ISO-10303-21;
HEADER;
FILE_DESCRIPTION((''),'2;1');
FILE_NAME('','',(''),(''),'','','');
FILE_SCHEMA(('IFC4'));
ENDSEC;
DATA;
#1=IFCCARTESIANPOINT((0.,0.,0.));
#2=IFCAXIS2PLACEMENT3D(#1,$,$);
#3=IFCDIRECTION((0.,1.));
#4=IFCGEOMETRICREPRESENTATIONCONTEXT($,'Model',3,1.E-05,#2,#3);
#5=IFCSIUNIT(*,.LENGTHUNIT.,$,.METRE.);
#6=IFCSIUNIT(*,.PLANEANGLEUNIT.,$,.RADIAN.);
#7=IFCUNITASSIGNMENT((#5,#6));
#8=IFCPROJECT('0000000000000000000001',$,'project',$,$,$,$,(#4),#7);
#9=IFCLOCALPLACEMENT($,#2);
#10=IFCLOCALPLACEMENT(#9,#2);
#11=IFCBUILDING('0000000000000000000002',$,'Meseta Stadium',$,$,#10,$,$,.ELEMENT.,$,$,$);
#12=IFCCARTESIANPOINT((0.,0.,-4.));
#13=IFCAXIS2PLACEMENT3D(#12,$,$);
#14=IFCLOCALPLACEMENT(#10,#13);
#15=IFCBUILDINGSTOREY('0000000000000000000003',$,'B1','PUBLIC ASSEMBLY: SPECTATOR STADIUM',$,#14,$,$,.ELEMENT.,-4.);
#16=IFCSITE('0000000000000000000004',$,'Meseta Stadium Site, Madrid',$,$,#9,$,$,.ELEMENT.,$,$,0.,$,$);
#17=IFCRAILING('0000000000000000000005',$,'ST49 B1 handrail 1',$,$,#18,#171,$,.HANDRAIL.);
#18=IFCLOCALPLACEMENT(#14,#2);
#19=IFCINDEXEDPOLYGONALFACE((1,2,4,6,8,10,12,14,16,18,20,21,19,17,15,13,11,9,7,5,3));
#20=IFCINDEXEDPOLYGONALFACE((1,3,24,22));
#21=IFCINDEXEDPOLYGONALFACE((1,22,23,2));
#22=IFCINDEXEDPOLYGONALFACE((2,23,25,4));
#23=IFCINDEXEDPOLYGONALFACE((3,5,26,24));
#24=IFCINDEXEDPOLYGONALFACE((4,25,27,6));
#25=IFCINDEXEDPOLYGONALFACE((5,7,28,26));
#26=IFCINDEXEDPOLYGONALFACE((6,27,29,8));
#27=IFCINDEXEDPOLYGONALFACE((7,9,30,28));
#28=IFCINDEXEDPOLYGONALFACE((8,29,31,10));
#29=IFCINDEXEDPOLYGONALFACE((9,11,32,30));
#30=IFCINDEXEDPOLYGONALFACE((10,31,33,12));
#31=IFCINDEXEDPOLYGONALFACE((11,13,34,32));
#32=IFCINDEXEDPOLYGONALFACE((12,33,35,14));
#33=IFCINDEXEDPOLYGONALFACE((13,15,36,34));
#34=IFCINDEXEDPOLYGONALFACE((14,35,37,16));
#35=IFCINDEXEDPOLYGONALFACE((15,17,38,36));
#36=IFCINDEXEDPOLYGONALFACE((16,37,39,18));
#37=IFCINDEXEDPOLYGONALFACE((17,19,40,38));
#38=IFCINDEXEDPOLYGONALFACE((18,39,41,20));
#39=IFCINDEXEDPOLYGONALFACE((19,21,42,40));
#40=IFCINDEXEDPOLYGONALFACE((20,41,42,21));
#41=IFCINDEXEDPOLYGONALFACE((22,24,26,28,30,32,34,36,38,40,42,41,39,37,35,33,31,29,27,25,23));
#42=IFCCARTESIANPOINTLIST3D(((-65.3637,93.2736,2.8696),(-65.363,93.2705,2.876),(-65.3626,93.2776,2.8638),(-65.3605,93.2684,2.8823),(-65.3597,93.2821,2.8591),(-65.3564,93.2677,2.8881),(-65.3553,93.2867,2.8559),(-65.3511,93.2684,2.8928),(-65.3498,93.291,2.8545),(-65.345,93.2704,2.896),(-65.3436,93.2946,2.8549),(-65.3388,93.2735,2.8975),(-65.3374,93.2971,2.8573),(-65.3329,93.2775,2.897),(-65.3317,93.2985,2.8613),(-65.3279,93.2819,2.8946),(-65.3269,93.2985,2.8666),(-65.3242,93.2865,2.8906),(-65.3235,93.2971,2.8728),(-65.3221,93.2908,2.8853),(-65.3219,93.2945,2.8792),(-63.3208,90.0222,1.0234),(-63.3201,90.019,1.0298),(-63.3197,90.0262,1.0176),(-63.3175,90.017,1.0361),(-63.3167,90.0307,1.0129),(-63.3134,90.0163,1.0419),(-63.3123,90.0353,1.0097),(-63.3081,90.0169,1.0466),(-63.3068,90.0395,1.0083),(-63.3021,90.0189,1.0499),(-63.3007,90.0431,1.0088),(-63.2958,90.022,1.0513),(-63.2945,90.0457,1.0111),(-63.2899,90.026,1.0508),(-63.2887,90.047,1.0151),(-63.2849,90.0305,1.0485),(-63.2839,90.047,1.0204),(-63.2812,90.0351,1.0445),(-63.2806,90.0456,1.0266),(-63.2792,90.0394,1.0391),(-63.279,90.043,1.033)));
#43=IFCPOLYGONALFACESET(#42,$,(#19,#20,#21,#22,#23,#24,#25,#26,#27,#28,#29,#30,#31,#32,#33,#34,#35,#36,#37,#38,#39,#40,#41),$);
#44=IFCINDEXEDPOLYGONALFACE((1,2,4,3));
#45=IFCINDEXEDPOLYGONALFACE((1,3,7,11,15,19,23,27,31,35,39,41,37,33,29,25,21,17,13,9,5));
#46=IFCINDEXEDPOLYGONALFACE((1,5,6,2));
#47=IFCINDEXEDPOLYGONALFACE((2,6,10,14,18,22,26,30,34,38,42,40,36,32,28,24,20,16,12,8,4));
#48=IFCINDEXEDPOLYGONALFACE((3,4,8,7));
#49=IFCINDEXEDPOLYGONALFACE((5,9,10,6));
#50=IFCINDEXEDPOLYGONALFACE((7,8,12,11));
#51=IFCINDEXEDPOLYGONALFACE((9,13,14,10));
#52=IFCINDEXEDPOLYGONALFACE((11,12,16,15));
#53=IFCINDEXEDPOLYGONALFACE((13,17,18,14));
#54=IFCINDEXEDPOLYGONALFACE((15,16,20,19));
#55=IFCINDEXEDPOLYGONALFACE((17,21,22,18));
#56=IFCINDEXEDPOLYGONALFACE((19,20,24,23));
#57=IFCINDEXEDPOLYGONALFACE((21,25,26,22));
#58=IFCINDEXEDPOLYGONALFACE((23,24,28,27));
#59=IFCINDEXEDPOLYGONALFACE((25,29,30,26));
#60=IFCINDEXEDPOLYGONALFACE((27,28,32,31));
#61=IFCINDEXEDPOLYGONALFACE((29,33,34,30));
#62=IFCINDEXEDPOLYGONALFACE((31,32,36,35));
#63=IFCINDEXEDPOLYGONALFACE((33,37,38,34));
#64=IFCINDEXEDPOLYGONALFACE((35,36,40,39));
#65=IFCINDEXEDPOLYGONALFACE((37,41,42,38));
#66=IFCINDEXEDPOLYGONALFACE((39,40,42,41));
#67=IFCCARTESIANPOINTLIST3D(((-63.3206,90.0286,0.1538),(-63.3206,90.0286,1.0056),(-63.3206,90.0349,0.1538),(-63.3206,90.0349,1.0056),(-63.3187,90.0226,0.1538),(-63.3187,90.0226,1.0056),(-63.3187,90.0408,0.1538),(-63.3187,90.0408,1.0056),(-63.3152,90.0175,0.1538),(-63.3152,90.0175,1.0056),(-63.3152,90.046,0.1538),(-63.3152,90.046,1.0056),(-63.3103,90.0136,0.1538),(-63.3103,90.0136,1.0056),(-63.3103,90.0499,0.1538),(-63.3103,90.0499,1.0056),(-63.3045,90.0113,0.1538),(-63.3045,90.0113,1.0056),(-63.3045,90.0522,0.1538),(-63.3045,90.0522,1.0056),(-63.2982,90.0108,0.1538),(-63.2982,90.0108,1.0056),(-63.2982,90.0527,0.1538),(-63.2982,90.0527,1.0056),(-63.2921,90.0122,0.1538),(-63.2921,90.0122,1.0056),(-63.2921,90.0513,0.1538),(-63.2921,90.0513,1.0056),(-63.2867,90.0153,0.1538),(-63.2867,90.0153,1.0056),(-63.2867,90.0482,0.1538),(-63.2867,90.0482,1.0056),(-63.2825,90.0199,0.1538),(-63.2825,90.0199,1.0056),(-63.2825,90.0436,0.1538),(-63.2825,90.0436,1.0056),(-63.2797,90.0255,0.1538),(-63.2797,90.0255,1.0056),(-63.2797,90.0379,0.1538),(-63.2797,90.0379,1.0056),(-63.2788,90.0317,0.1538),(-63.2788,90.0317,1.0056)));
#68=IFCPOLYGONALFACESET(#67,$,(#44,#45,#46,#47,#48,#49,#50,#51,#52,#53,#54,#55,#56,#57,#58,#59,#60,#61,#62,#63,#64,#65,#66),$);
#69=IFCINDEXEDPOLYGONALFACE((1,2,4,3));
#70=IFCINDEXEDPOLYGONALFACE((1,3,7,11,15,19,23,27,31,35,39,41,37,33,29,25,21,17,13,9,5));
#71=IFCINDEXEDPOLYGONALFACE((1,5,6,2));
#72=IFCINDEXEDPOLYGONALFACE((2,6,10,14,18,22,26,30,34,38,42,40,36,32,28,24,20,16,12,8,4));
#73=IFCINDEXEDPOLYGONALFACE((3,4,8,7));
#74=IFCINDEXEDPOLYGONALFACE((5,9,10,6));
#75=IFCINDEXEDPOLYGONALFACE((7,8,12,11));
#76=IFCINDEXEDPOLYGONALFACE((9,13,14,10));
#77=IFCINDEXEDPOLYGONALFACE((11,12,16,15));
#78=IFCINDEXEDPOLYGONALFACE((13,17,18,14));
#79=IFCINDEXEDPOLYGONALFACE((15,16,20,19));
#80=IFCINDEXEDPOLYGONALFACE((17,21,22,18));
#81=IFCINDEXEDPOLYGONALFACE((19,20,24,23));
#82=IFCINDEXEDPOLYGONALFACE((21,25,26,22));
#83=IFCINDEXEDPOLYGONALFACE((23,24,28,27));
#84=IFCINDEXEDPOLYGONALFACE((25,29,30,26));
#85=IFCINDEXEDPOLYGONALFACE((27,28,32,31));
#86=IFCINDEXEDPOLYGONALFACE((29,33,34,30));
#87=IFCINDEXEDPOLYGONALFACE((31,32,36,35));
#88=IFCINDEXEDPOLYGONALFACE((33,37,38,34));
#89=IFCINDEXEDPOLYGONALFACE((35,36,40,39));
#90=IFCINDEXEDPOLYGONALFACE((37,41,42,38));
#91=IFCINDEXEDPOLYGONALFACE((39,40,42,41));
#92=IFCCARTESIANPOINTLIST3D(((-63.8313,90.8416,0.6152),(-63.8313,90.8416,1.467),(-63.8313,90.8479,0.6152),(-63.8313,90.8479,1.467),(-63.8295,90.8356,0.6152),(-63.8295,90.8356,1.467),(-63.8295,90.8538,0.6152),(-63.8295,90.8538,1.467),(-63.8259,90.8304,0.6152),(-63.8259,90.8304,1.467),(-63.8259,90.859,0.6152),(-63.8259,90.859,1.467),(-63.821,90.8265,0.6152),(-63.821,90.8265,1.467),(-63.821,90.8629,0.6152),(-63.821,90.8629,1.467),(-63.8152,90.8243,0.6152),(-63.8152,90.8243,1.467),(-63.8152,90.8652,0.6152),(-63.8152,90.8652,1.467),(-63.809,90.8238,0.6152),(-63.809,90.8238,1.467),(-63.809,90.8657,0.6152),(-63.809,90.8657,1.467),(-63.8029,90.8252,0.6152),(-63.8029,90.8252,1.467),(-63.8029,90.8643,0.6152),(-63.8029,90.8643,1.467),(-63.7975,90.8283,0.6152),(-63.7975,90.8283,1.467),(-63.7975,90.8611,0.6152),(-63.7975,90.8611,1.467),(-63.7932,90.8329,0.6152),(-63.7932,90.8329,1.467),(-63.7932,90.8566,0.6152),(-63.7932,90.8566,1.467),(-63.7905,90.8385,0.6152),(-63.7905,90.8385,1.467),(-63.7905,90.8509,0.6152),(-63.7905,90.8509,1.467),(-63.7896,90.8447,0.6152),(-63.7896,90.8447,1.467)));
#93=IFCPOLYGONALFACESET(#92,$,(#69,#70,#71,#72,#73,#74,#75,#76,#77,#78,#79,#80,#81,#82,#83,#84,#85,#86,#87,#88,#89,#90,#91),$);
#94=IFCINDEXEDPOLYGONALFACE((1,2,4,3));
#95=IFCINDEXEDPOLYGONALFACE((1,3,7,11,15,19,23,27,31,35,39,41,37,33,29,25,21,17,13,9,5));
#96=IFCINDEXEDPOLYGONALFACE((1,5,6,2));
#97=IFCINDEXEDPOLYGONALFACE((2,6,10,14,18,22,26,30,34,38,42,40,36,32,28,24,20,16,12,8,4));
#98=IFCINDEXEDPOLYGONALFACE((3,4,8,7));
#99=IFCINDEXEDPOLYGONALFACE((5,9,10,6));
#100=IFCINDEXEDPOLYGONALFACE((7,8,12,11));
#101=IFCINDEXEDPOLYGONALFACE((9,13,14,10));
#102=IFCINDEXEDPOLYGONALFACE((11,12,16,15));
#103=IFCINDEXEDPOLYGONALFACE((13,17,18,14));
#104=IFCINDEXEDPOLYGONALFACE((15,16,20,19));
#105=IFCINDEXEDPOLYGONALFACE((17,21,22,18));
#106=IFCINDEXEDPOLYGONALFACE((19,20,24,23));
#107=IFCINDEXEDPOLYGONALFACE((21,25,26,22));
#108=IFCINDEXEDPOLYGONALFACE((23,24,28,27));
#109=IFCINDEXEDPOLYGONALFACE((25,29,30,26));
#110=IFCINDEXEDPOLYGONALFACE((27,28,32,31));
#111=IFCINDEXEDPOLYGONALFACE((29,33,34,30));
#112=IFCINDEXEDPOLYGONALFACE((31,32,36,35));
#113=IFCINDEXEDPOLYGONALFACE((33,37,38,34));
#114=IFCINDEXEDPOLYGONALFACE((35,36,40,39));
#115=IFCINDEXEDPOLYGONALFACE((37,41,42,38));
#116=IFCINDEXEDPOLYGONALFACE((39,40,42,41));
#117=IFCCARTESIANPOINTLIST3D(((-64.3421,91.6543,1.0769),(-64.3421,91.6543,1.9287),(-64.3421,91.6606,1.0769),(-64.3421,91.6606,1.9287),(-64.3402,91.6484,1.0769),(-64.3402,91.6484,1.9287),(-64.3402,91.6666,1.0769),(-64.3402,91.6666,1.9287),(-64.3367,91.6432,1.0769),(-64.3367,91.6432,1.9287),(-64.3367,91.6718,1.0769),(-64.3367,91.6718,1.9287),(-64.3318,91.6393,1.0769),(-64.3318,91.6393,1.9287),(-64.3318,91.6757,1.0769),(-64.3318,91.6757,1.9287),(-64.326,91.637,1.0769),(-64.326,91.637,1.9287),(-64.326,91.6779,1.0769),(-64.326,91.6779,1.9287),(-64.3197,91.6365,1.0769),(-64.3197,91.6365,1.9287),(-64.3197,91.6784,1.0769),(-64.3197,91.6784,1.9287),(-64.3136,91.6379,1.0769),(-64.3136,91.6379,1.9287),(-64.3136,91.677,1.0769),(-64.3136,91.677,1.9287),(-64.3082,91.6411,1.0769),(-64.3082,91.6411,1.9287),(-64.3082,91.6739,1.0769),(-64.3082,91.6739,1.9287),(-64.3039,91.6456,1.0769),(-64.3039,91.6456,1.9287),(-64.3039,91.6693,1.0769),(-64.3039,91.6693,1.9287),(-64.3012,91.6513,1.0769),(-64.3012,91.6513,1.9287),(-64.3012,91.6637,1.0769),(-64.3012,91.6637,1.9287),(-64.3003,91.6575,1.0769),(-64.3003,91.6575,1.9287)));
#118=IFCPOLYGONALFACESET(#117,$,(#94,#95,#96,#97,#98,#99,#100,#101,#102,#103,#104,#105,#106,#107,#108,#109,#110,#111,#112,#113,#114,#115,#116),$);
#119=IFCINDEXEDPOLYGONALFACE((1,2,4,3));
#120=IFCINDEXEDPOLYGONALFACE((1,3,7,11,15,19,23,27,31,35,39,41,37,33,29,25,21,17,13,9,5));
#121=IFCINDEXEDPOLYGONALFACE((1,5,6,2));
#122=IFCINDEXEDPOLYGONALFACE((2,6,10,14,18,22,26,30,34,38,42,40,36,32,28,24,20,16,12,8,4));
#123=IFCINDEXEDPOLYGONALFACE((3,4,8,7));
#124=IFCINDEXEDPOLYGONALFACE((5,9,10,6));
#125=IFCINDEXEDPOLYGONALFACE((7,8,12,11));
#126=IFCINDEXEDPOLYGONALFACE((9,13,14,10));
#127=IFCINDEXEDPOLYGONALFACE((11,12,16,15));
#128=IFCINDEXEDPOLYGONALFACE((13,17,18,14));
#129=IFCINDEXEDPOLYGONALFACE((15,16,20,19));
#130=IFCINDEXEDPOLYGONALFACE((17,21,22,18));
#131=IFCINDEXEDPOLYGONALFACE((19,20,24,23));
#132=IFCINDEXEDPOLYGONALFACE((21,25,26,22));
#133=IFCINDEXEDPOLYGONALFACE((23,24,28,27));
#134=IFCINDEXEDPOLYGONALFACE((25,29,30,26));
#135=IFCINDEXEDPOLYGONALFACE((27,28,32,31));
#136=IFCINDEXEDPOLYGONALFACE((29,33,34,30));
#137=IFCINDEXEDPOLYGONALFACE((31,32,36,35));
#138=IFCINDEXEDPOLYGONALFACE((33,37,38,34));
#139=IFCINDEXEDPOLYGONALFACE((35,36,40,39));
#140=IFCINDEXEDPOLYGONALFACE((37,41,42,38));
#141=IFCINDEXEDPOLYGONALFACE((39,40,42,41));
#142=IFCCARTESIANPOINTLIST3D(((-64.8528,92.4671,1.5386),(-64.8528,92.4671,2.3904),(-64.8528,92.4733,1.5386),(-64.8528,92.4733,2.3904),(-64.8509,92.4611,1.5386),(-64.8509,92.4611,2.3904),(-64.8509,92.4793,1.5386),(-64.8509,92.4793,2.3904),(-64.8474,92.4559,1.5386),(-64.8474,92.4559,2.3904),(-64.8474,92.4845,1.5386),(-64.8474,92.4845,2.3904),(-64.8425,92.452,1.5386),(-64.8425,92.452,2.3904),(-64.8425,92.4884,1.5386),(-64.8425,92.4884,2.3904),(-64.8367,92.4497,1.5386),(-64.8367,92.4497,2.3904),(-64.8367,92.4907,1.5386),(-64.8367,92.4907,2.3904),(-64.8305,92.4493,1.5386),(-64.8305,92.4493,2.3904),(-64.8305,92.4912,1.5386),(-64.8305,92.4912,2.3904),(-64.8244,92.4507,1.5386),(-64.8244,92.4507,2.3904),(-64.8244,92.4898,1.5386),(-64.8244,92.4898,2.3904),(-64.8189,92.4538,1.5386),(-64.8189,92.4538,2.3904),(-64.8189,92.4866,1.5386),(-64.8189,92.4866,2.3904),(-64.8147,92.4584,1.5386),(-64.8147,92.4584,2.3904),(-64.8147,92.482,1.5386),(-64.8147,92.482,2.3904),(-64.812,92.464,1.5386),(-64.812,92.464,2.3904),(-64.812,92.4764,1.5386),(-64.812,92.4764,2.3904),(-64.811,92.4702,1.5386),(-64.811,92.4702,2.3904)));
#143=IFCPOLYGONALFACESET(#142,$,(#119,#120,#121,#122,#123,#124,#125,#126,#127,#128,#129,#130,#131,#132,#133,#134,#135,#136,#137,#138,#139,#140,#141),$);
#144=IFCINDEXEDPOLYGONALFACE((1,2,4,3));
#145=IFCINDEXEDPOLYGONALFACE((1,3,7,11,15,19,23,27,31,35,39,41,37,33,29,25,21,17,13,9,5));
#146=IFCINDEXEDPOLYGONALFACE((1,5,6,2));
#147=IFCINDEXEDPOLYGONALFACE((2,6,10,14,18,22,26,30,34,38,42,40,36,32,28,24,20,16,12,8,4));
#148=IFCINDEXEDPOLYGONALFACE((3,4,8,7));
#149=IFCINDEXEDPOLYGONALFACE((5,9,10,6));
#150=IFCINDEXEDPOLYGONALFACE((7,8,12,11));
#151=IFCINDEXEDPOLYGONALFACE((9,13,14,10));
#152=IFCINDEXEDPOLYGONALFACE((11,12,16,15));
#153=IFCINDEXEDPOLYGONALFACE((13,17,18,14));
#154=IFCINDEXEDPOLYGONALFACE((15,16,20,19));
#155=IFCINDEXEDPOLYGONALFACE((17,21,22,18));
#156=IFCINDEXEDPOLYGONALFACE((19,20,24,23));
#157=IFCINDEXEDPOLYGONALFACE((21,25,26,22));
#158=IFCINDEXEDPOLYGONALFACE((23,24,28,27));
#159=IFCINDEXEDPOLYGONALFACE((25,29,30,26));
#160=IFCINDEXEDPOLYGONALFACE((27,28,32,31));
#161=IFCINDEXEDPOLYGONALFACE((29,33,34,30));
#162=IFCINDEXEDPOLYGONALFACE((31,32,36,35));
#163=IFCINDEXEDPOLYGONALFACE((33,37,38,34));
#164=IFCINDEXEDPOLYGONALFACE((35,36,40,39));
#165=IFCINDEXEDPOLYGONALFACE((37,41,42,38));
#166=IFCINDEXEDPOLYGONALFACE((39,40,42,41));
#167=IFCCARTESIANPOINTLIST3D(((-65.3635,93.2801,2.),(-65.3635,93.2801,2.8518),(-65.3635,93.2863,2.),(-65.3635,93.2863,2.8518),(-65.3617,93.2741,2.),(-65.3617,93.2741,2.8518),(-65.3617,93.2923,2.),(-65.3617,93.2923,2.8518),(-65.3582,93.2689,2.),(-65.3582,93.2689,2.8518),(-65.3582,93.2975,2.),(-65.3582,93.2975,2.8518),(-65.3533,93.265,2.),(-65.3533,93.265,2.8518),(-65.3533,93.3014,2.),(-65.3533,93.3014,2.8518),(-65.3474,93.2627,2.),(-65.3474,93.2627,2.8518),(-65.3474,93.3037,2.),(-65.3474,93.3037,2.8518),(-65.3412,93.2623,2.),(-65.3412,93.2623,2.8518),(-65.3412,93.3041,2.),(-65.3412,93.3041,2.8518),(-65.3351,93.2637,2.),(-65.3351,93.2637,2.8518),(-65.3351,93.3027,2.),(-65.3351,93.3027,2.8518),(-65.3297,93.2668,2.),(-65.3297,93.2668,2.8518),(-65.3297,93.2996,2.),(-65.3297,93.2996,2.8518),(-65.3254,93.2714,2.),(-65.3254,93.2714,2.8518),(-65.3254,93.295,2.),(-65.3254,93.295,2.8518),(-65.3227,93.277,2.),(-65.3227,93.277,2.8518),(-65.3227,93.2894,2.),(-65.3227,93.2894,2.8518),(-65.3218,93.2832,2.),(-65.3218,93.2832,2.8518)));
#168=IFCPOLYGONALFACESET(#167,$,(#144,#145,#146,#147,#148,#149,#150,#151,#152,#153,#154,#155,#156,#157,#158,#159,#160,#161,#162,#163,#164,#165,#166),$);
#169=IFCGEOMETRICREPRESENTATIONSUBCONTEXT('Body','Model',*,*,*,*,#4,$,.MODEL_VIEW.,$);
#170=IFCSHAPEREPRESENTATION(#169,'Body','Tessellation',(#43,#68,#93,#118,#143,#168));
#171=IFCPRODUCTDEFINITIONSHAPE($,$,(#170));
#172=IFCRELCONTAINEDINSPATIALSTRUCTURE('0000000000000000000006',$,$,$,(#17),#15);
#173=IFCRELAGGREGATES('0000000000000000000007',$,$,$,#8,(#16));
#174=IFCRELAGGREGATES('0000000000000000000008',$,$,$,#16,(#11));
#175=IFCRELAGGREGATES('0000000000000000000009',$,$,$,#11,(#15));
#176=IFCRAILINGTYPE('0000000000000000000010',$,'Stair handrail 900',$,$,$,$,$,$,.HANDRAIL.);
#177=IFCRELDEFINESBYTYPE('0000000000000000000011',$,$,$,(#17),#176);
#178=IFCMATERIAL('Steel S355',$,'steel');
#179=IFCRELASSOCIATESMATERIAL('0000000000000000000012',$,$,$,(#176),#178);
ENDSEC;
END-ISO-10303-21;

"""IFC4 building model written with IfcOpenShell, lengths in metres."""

from ifc_helpers import new_model, si_unit, direction, frame, origin, origin_2d, place, context, subcontext, project, spatial, circle, extrude, material, type_object, element, save


model = new_model("IFC4")

# Units and contexts
model_context = context("Model", 3, precision=1e-05, world=origin(), true_north=direction((0.0, 1.0)))
body_context = subcontext(model_context, "Body", "Model", "MODEL_VIEW")
ifc_project = project(units=[si_unit("LENGTHUNIT", "METRE"), si_unit("PLANEANGLEUNIT", "RADIAN")], contexts=[model_context])

# Site, building, storey
site_placement = place(None, origin())
site = spatial("IfcSite", under=ifc_project, at=site_placement, Name="Meseta Stadium Site, Madrid", CompositionType="ELEMENT", RefElevation=0.0)
building_placement = place(site_placement, origin())
building = spatial("IfcBuilding", under=site, at=building_placement, Name="Meseta Stadium", CompositionType="ELEMENT")
storey_placement = place(building_placement, frame((0.0, 0.0, -4.0)))
storey = spatial("IfcBuildingStorey", under=building, at=storey_placement, Name="B1", Description="PUBLIC ASSEMBLY: SPECTATOR STADIUM", CompositionType="ELEMENT", Elevation=-4.0)

# Railing
ifc_material_1 = material(Name="Steel S355", Category="steel")
railing_type_1 = type_object("IfcRailingType", Name="Stair handrail 900", PredefinedType="HANDRAIL", material=ifc_material_1)
for number, where, name in (
    (1, (-63.2998, 90.0317, 0.1538), "ST49 B1 handrail 1"),
):
    element("IfcRailing", number, at=place(storey_placement, frame(where)), inside=storey, type_object=railing_type_1, Name=name, PredefinedType="HANDRAIL", context=body_context, shape_type="SweptSolid", body=[
        extrude(circle(Radius=0.0239, at=origin_2d()), frame((0.0, 0.0, 0.876), z_axis=(-0.479483, 0.763117, 0.4333), x_axis=(-0.846731, -0.53202, 0.0)), (0.0, 0.0, 1.0), 4.2607),
        extrude(circle(Radius=0.021, at=origin_2d()), origin(), (0.0, 0.0, 1.0), 0.8518),
        extrude(circle(Radius=0.021, at=origin_2d()), frame((-0.5107, 0.813, 0.4614)), (0.0, 0.0, 1.0), 0.8518),
        extrude(circle(Radius=0.021, at=origin_2d()), frame((-1.0215, 1.6257, 0.9231)), (0.0, 0.0, 1.0), 0.8518),
        extrude(circle(Radius=0.021, at=origin_2d()), frame((-1.5322, 2.4385, 1.3848)), (0.0, 0.0, 1.0), 0.8518),
        extrude(circle(Radius=0.021, at=origin_2d()), frame((-2.043, 3.2515, 1.8462)), (0.0, 0.0, 1.0), 0.8518),
    ])

save(model, "model.ifc")
